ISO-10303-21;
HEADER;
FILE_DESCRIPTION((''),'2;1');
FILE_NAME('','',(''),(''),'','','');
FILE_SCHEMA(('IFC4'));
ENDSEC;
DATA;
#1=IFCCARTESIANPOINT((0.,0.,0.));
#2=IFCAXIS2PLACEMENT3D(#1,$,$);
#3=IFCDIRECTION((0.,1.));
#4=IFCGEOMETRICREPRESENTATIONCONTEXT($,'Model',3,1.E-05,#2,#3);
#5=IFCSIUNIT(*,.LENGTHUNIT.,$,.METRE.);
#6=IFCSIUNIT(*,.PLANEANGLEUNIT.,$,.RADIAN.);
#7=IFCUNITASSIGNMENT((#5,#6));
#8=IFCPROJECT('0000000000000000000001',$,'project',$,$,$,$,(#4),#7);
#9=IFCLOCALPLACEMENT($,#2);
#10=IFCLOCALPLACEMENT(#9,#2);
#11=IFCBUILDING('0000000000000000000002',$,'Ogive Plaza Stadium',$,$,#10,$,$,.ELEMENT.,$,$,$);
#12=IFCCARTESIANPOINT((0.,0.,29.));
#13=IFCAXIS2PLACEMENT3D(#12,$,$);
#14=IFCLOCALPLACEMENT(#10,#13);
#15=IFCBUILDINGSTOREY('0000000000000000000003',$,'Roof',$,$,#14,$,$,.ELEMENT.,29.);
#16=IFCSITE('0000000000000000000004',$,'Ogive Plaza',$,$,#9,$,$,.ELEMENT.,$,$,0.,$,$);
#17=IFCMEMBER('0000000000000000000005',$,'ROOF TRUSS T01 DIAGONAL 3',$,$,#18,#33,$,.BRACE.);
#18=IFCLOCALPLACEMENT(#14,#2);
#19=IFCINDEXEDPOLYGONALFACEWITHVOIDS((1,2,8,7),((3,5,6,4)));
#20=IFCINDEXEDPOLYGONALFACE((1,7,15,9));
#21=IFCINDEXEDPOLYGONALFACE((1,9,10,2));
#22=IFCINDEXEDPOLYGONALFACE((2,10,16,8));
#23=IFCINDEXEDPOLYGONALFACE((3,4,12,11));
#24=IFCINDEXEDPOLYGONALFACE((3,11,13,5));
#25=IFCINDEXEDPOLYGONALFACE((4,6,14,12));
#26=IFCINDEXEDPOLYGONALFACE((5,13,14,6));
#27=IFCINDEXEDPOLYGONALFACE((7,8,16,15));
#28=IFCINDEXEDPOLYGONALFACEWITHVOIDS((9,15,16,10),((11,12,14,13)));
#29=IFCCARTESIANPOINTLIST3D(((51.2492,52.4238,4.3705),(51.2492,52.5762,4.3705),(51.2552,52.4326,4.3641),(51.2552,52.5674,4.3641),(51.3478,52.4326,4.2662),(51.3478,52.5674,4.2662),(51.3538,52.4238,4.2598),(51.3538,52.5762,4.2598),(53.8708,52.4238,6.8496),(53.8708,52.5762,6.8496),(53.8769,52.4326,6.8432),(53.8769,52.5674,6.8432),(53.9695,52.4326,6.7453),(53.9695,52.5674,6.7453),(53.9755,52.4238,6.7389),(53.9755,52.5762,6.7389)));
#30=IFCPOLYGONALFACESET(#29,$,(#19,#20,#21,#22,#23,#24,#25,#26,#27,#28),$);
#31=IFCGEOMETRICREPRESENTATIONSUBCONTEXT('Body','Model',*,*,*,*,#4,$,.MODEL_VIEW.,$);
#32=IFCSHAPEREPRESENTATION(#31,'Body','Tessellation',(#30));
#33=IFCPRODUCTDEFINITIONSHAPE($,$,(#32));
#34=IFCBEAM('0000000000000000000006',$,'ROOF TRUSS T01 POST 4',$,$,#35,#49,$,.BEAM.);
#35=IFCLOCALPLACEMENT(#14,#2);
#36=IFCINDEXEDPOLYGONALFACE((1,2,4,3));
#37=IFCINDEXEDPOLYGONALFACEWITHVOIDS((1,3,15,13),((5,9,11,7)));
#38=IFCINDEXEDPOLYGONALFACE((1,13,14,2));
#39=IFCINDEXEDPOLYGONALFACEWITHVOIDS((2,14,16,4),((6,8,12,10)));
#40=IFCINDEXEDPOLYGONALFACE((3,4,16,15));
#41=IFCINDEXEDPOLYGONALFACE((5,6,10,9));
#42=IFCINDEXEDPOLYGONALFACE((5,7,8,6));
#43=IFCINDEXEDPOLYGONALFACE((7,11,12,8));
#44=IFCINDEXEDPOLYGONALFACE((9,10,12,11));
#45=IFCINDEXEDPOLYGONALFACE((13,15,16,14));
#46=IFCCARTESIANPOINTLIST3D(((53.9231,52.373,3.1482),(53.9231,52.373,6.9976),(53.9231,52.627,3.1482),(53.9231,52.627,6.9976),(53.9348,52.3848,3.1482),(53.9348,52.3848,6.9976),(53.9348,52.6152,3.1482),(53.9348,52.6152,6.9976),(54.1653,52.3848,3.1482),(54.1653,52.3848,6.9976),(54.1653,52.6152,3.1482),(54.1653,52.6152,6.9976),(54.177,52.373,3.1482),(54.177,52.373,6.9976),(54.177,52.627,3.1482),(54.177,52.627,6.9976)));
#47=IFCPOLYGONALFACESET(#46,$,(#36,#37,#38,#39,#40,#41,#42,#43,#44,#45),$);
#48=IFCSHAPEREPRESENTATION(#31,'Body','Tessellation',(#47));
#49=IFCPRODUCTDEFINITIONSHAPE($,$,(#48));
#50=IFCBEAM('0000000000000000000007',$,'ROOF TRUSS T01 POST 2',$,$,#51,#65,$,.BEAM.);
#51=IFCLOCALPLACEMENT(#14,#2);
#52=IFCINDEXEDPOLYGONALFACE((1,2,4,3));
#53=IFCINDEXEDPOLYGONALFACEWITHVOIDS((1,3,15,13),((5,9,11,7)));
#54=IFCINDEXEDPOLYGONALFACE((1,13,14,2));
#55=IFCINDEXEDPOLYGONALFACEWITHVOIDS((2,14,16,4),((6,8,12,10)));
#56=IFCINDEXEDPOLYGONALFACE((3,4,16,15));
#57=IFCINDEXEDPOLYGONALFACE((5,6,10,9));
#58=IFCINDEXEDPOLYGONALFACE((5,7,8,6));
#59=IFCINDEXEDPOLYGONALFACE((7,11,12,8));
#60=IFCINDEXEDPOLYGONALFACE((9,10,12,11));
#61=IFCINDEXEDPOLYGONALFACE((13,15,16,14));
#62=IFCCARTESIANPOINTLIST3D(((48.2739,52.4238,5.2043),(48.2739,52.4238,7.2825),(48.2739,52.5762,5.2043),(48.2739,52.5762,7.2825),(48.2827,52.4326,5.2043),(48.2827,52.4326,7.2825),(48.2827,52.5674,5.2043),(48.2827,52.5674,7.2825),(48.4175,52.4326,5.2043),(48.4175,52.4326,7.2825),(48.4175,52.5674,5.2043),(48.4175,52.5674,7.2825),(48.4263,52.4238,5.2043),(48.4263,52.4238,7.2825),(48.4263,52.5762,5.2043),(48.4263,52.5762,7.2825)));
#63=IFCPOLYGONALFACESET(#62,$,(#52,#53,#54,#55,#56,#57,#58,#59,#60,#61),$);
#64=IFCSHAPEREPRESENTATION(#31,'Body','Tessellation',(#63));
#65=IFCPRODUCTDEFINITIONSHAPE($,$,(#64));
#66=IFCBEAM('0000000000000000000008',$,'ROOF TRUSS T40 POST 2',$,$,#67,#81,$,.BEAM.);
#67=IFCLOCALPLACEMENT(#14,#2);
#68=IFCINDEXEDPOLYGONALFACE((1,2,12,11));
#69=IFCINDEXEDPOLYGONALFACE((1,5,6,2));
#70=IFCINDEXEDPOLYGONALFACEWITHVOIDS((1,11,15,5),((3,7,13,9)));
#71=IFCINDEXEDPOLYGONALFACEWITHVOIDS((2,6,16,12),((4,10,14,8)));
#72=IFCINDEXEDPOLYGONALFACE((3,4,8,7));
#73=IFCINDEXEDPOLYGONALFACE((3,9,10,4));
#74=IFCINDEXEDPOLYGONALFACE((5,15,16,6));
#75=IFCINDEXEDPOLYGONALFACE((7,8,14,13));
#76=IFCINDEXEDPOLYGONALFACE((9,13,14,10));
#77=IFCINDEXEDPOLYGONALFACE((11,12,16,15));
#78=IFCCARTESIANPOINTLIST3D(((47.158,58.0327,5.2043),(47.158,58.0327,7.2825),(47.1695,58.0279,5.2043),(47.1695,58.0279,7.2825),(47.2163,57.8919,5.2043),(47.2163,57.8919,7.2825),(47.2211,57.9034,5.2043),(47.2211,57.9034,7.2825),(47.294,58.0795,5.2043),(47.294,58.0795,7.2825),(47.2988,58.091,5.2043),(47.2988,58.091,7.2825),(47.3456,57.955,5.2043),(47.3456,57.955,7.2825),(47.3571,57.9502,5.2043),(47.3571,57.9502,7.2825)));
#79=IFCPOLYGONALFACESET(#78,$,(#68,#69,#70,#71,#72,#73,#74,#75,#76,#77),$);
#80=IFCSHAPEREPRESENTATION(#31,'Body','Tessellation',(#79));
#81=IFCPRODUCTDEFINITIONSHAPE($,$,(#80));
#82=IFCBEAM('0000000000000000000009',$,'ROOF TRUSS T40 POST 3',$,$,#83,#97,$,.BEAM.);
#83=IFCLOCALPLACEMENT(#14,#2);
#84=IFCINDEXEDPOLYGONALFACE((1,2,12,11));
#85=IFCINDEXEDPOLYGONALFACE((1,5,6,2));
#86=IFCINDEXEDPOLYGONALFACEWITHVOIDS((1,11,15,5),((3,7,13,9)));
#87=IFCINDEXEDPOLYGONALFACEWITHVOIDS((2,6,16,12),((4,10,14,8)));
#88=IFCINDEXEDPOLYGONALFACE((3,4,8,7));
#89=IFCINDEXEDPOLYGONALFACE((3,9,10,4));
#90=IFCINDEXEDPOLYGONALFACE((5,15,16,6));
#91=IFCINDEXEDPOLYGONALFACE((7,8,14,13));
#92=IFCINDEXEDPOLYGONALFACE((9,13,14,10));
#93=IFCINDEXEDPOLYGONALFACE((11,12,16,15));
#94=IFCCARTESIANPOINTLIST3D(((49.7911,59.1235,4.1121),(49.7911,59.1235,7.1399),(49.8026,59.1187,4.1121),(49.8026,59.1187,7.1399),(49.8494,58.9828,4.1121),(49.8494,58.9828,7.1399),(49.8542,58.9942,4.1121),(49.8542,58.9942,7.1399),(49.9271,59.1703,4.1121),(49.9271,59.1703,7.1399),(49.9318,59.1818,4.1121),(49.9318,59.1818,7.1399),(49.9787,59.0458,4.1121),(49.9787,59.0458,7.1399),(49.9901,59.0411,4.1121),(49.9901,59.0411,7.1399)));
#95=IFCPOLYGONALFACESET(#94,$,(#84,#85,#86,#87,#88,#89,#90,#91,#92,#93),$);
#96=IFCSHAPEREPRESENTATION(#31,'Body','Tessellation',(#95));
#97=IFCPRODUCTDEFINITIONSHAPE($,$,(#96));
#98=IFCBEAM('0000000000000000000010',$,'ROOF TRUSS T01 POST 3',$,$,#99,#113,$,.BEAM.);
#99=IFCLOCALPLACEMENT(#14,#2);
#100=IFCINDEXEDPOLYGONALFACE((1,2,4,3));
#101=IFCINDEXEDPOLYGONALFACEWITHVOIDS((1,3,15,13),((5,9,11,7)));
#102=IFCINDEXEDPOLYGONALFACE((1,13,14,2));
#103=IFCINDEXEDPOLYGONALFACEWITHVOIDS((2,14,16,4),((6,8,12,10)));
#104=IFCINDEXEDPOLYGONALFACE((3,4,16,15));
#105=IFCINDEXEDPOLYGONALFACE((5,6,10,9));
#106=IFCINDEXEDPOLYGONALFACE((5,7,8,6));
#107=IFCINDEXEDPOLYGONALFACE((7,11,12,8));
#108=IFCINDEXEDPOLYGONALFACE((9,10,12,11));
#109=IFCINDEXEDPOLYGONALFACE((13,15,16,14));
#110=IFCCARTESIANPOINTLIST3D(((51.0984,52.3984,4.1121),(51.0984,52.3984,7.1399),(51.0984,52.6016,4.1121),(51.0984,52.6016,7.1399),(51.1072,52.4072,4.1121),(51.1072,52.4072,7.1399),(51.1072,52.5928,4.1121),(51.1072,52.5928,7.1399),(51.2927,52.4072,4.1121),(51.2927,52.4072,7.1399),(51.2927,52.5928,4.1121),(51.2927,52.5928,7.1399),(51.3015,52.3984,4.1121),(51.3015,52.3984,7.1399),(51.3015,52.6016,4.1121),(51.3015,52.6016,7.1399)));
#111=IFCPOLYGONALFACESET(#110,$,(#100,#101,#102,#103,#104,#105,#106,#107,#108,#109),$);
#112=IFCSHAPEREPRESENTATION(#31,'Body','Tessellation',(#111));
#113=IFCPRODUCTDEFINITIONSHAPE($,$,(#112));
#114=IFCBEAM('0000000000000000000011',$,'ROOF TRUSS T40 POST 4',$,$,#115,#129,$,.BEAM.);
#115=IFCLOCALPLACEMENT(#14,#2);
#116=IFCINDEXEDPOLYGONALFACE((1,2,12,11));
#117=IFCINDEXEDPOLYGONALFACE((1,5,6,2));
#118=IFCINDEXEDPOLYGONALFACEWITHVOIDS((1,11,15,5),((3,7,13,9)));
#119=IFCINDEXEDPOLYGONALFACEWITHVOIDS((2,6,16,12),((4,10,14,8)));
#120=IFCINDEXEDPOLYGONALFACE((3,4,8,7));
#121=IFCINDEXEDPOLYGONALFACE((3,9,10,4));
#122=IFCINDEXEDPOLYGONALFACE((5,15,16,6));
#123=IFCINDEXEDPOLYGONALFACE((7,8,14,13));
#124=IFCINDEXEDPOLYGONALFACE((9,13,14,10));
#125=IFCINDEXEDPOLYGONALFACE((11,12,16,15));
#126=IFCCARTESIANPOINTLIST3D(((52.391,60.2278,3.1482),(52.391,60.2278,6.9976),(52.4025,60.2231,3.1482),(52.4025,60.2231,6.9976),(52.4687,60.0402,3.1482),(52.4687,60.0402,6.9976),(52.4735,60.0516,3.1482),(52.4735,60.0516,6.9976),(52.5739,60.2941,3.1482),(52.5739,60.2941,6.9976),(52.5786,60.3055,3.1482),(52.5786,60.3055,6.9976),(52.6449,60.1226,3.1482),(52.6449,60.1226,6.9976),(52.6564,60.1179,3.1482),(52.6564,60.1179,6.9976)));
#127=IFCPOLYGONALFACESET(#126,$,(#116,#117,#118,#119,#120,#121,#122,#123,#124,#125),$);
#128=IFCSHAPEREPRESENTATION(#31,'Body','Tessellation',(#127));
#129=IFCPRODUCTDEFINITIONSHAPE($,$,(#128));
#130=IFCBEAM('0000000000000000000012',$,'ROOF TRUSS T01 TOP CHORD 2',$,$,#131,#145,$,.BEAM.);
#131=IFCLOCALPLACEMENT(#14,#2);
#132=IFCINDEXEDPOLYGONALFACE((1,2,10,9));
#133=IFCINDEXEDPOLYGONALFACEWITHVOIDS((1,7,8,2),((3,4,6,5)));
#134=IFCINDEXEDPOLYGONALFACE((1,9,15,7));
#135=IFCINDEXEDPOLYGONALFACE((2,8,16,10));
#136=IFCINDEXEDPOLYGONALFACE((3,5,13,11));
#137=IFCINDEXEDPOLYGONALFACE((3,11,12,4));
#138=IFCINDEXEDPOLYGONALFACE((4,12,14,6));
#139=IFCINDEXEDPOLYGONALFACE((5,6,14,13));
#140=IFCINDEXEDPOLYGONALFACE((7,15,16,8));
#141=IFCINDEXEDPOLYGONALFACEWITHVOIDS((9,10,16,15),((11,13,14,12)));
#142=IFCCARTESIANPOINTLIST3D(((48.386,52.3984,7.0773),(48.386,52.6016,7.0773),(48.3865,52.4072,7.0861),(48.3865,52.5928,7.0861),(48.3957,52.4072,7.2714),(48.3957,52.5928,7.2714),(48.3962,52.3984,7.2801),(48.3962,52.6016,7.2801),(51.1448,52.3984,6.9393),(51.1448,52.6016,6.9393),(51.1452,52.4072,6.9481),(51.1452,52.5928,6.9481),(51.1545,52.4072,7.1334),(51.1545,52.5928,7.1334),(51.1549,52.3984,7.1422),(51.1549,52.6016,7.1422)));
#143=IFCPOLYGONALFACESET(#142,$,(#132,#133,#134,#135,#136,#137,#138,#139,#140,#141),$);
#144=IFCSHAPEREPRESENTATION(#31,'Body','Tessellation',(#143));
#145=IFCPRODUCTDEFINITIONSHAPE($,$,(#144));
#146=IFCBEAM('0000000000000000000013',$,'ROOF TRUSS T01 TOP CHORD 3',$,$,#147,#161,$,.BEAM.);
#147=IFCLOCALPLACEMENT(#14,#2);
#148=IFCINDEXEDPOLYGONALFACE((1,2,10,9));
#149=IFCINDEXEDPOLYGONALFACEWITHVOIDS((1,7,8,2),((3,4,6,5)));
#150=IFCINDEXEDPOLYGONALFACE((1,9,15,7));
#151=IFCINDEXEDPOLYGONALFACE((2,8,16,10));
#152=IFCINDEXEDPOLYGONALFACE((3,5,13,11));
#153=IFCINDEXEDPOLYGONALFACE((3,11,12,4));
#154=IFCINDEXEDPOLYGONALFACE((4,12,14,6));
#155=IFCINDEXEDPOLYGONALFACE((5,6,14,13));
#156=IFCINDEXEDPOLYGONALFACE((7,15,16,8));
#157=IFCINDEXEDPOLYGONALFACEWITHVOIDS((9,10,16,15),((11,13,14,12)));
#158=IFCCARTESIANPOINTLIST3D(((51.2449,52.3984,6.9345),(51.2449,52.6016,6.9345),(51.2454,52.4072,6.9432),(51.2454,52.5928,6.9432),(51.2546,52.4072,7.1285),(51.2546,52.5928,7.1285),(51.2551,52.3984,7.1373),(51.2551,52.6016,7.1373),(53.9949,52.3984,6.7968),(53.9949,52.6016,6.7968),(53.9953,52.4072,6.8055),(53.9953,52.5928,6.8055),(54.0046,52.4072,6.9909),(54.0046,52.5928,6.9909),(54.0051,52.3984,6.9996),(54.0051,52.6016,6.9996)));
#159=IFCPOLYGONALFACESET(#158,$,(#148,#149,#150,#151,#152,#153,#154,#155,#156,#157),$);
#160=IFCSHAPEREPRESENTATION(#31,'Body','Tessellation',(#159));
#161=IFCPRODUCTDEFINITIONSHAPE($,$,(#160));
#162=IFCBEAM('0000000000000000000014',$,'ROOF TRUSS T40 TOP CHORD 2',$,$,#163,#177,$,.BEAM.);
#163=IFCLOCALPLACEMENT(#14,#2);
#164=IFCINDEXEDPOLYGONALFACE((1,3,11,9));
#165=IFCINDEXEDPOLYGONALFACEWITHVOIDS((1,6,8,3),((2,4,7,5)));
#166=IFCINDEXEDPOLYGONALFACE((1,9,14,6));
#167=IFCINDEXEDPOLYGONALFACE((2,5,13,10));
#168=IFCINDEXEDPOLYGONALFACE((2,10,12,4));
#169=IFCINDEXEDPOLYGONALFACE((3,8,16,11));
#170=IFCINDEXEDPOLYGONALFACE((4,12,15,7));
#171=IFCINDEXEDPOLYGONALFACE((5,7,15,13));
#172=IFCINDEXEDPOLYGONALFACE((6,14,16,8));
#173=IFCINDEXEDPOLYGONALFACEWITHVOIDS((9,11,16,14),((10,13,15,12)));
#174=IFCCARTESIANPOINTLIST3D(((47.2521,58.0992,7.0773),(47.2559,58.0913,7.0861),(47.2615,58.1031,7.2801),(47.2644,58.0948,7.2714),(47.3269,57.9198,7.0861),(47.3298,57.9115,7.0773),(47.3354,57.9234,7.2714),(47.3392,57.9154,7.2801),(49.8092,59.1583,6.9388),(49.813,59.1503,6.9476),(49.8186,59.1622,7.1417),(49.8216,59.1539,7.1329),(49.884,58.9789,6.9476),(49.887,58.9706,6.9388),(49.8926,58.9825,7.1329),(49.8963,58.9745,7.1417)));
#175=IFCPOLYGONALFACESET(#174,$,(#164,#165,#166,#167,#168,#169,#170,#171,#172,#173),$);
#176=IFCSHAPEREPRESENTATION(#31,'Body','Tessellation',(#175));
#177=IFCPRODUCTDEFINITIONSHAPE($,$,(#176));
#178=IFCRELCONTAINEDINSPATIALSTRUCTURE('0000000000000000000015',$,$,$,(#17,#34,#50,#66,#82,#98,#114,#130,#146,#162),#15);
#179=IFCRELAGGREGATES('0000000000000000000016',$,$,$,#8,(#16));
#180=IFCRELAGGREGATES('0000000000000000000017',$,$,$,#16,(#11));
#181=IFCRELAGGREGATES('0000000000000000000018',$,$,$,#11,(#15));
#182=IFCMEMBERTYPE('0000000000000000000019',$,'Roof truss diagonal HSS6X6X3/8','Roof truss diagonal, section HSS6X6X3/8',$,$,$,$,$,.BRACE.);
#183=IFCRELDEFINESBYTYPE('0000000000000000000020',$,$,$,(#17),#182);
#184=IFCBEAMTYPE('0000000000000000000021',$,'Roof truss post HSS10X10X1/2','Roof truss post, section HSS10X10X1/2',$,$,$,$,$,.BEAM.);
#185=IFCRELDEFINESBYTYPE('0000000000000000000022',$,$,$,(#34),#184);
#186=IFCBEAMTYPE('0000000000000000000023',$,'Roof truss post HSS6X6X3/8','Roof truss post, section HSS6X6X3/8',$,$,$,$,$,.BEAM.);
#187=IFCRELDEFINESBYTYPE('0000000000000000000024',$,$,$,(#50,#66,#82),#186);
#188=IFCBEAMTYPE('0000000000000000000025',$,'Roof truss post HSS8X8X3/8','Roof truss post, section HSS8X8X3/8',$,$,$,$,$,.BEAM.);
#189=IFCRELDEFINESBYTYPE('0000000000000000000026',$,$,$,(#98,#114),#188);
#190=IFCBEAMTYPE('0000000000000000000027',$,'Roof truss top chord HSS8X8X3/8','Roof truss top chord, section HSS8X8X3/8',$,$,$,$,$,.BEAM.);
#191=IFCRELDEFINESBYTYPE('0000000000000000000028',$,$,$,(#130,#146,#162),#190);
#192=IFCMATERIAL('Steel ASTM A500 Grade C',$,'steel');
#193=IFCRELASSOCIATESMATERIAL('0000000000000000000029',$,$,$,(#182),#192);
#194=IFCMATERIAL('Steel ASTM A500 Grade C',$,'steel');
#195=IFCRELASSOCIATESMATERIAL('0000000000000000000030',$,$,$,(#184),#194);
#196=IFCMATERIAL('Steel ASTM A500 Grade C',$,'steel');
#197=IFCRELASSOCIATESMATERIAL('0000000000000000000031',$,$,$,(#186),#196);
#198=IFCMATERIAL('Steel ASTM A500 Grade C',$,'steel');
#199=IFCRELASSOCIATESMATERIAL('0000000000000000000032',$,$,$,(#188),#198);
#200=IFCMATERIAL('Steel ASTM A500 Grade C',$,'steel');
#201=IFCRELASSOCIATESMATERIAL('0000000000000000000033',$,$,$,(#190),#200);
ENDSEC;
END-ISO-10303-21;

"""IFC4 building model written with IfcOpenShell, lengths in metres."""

from ifc_helpers import new_model, si_unit, direction, frame, origin, origin_2d, place, context, subcontext, project, spatial, hollow_rectangle, extrude, material, material_profile, profile_set, type_object, element, save


model = new_model("IFC4")

# Units and contexts
model_context = context("Model", 3, precision=1e-05, world=origin(), true_north=direction((0.0, 1.0)))
body_context = subcontext(model_context, "Body", "Model", "MODEL_VIEW")
ifc_project = project(units=[si_unit("LENGTHUNIT", "METRE"), si_unit("PLANEANGLEUNIT", "RADIAN")], contexts=[model_context])

# Site, building, storey
site_placement = place(None, origin())
site = spatial("IfcSite", under=ifc_project, at=site_placement, Name="Ogive Plaza", CompositionType="ELEMENT", RefElevation=0.0)
building_placement = place(site_placement, origin())
building = spatial("IfcBuilding", under=site, at=building_placement, Name="Ogive Plaza Stadium", CompositionType="ELEMENT")
storey_placement = place(building_placement, frame((0.0, 0.0, 29.0)))
storey = spatial("IfcBuildingStorey", under=building, at=storey_placement, Name="Roof", CompositionType="ELEMENT", Elevation=29.0)

# Member
ifc_material_1 = material(Name="Steel ASTM A500 Grade C", Category="steel")
ifc_material_profile_1 = material_profile(ifc_material_1, hollow_rectangle(XDim=0.1523, YDim=0.1523, WallThickness=0.0088, at=origin_2d()), Name="HSS6X6X3/8")
ifc_profile_set_1 = profile_set([ifc_material_profile_1], Name="Steel ASTM A500 Grade C")
member_type_1 = type_object("IfcMemberType", Name="Roof truss diagonal HSS6X6X3/8", Description="Roof truss diagonal, section HSS6X6X3/8", PredefinedType="BRACE", material=ifc_profile_set_1)
member_1_placement = place(storey_placement, frame((51.3015, 52.5, 4.3152), z_axis=(0.726589, 0.0, 0.687072), x_axis=(0.0, 1.0, 0.0)))
element("IfcMember", 1, at=member_1_placement, inside=storey, type_object=member_type_1, Name="ROOF TRUSS T01 DIAGONAL 3", PredefinedType="BRACE", context=body_context, shape_type="SweptSolid", body=[
    extrude(hollow_rectangle(XDim=0.1523, YDim=0.1523, WallThickness=0.0088, at=origin_2d()), origin(), (0.0, 0.0, 1.0), 3.6082),
])

# Beams
ifc_material_2 = material(Name="Steel ASTM A500 Grade C", Category="steel")
ifc_material_profile_2 = material_profile(ifc_material_2, hollow_rectangle(XDim=0.2539, YDim=0.2539, WallThickness=0.0117, at=origin_2d()), Name="HSS10X10X1/2")
ifc_profile_set_2 = profile_set([ifc_material_profile_2], Name="Steel ASTM A500 Grade C")
beam_type_1 = type_object("IfcBeamType", Name="Roof truss post HSS10X10X1/2", Description="Roof truss post, section HSS10X10X1/2", PredefinedType="BEAM", material=ifc_profile_set_2)
beam_1_placement = place(storey_placement, frame((54.05, 52.5, 3.1482), z_axis=(0.0, 0.0, 1.0), x_axis=(0.0, 1.0, 0.0)))
element("IfcBeam", 2, at=beam_1_placement, inside=storey, type_object=beam_type_1, Name="ROOF TRUSS T01 POST 4", PredefinedType="BEAM", context=body_context, shape_type="SweptSolid", body=[
    extrude(hollow_rectangle(XDim=0.2539, YDim=0.2539, WallThickness=0.0117, at=origin_2d()), origin(), (0.0, 0.0, 1.0), 3.8494),
])
ifc_material_3 = material(Name="Steel ASTM A500 Grade C", Category="steel")
ifc_material_profile_3 = material_profile(ifc_material_3, hollow_rectangle(XDim=0.1523, YDim=0.1523, WallThickness=0.0088, at=origin_2d()), Name="HSS6X6X3/8")
ifc_profile_set_3 = profile_set([ifc_material_profile_3], Name="Steel ASTM A500 Grade C")
beam_type_2 = type_object("IfcBeamType", Name="Roof truss post HSS6X6X3/8", Description="Roof truss post, section HSS6X6X3/8", PredefinedType="BEAM", material=ifc_profile_set_3)
for number, where, z_axis, x_axis, name in (
    (3, (48.3501, 52.5, 5.2043), (0.0, 0.0, 1.0), (0.0, 1.0, 0.0), "ROOF TRUSS T01 POST 2"),
    (4, (47.2576, 57.9915, 5.2043), (0.0, 0.0, 1.0), (-0.382683, 0.92388, 0.0), "ROOF TRUSS T40 POST 2"),
):
    element("IfcBeam", number, at=place(storey_placement, frame(where, z_axis=z_axis, x_axis=x_axis)), inside=storey, type_object=beam_type_2, Name=name, PredefinedType="BEAM", context=body_context, shape_type="SweptSolid", body=[
        extrude(hollow_rectangle(XDim=0.1523, YDim=0.1523, WallThickness=0.0088, at=origin_2d()), origin(), (0.0, 0.0, 1.0), 2.0781),
    ])
beam_2_placement = place(storey_placement, frame((49.8906, 59.0823, 4.1121), z_axis=(0.0, 0.0, 1.0), x_axis=(-0.382683, 0.92388, 0.0)))
element("IfcBeam", 5, at=beam_2_placement, inside=storey, type_object=beam_type_2, Name="ROOF TRUSS T40 POST 3", PredefinedType="BEAM", context=body_context, shape_type="SweptSolid", body=[
    extrude(hollow_rectangle(XDim=0.1523, YDim=0.1523, WallThickness=0.0088, at=origin_2d()), origin(), (0.0, 0.0, 1.0), 3.0278),
])
ifc_material_4 = material(Name="Steel ASTM A500 Grade C", Category="steel")
ifc_material_profile_4 = material_profile(ifc_material_4, hollow_rectangle(XDim=0.2031, YDim=0.2031, WallThickness=0.0088, at=origin_2d()), Name="HSS8X8X3/8")
ifc_profile_set_4 = profile_set([ifc_material_profile_4], Name="Steel ASTM A500 Grade C")
beam_type_3 = type_object("IfcBeamType", Name="Roof truss post HSS8X8X3/8", Description="Roof truss post, section HSS8X8X3/8", PredefinedType="BEAM", material=ifc_profile_set_4)
beam_3_placement = place(storey_placement, frame((51.2, 52.5, 4.1121), z_axis=(0.0, 0.0, 1.0), x_axis=(0.0, 1.0, 0.0)))
element("IfcBeam", 6, at=beam_3_placement, inside=storey, type_object=beam_type_3, Name="ROOF TRUSS T01 POST 3", PredefinedType="BEAM", context=body_context, shape_type="SweptSolid", body=[
    extrude(hollow_rectangle(XDim=0.2031, YDim=0.2031, WallThickness=0.0088, at=origin_2d()), origin(), (0.0, 0.0, 1.0), 3.0278),
])
beam_4_placement = place(storey_placement, frame((52.5237, 60.1729, 3.1482), z_axis=(0.0, 0.0, 1.0), x_axis=(-0.382683, 0.92388, 0.0)))
element("IfcBeam", 7, at=beam_4_placement, inside=storey, type_object=beam_type_3, Name="ROOF TRUSS T40 POST 4", PredefinedType="BEAM", context=body_context, shape_type="SweptSolid", body=[
    extrude(hollow_rectangle(XDim=0.2031, YDim=0.2031, WallThickness=0.0088, at=origin_2d()), origin(), (0.0, 0.0, 1.0), 3.8494),
])
ifc_material_5 = material(Name="Steel ASTM A500 Grade C", Category="steel")
ifc_material_profile_5 = material_profile(ifc_material_5, hollow_rectangle(XDim=0.2031, YDim=0.2031, WallThickness=0.0088, at=origin_2d()), Name="HSS8X8X3/8")
ifc_profile_set_5 = profile_set([ifc_material_profile_5], Name="Steel ASTM A500 Grade C")
beam_type_4 = type_object("IfcBeamType", Name="Roof truss top chord HSS8X8X3/8", Description="Roof truss top chord, section HSS8X8X3/8", PredefinedType="BEAM", material=ifc_profile_set_5)
beam_5_placement = place(storey_placement, frame((48.3911, 52.5, 7.1787), z_axis=(0.998752, 0.0, -0.049938), x_axis=(0.0, 1.0, 0.0)))
element("IfcBeam", 8, at=beam_5_placement, inside=storey, type_object=beam_type_4, Name="ROOF TRUSS T01 TOP CHORD 2", PredefinedType="BEAM", context=body_context, shape_type="SweptSolid", body=[
    extrude(hollow_rectangle(XDim=0.2031, YDim=0.2031, WallThickness=0.0088, at=origin_2d()), origin(), (0.0, 0.0, 1.0), 2.7622),
])
beam_6_placement = place(storey_placement, frame((51.25, 52.5, 7.0359), z_axis=(0.998749, 0.0, -0.050008), x_axis=(0.0, 1.0, 0.0)))
element("IfcBeam", 9, at=beam_6_placement, inside=storey, type_object=beam_type_4, Name="ROOF TRUSS T01 TOP CHORD 3", PredefinedType="BEAM", context=body_context, shape_type="SweptSolid", body=[
    extrude(hollow_rectangle(XDim=0.2031, YDim=0.2031, WallThickness=0.0088, at=origin_2d()), origin(), (0.0, 0.0, 1.0), 2.7534),
])
beam_7_placement = place(storey_placement, frame((47.2957, 58.0073, 7.1787), z_axis=(0.922741, 0.38217, -0.049952), x_axis=(-0.382648, 0.923894, 0.0)))
element("IfcBeam", 10, at=beam_7_placement, inside=storey, type_object=beam_type_4, Name="ROOF TRUSS T40 TOP CHORD 2", PredefinedType="BEAM", context=body_context, shape_type="SweptSolid", body=[
    extrude(hollow_rectangle(XDim=0.2031, YDim=0.2031, WallThickness=0.0088, at=origin_2d()), origin(), (0.0, 0.0, 1.0), 2.7712),
])

save(model, "model.ifc")
